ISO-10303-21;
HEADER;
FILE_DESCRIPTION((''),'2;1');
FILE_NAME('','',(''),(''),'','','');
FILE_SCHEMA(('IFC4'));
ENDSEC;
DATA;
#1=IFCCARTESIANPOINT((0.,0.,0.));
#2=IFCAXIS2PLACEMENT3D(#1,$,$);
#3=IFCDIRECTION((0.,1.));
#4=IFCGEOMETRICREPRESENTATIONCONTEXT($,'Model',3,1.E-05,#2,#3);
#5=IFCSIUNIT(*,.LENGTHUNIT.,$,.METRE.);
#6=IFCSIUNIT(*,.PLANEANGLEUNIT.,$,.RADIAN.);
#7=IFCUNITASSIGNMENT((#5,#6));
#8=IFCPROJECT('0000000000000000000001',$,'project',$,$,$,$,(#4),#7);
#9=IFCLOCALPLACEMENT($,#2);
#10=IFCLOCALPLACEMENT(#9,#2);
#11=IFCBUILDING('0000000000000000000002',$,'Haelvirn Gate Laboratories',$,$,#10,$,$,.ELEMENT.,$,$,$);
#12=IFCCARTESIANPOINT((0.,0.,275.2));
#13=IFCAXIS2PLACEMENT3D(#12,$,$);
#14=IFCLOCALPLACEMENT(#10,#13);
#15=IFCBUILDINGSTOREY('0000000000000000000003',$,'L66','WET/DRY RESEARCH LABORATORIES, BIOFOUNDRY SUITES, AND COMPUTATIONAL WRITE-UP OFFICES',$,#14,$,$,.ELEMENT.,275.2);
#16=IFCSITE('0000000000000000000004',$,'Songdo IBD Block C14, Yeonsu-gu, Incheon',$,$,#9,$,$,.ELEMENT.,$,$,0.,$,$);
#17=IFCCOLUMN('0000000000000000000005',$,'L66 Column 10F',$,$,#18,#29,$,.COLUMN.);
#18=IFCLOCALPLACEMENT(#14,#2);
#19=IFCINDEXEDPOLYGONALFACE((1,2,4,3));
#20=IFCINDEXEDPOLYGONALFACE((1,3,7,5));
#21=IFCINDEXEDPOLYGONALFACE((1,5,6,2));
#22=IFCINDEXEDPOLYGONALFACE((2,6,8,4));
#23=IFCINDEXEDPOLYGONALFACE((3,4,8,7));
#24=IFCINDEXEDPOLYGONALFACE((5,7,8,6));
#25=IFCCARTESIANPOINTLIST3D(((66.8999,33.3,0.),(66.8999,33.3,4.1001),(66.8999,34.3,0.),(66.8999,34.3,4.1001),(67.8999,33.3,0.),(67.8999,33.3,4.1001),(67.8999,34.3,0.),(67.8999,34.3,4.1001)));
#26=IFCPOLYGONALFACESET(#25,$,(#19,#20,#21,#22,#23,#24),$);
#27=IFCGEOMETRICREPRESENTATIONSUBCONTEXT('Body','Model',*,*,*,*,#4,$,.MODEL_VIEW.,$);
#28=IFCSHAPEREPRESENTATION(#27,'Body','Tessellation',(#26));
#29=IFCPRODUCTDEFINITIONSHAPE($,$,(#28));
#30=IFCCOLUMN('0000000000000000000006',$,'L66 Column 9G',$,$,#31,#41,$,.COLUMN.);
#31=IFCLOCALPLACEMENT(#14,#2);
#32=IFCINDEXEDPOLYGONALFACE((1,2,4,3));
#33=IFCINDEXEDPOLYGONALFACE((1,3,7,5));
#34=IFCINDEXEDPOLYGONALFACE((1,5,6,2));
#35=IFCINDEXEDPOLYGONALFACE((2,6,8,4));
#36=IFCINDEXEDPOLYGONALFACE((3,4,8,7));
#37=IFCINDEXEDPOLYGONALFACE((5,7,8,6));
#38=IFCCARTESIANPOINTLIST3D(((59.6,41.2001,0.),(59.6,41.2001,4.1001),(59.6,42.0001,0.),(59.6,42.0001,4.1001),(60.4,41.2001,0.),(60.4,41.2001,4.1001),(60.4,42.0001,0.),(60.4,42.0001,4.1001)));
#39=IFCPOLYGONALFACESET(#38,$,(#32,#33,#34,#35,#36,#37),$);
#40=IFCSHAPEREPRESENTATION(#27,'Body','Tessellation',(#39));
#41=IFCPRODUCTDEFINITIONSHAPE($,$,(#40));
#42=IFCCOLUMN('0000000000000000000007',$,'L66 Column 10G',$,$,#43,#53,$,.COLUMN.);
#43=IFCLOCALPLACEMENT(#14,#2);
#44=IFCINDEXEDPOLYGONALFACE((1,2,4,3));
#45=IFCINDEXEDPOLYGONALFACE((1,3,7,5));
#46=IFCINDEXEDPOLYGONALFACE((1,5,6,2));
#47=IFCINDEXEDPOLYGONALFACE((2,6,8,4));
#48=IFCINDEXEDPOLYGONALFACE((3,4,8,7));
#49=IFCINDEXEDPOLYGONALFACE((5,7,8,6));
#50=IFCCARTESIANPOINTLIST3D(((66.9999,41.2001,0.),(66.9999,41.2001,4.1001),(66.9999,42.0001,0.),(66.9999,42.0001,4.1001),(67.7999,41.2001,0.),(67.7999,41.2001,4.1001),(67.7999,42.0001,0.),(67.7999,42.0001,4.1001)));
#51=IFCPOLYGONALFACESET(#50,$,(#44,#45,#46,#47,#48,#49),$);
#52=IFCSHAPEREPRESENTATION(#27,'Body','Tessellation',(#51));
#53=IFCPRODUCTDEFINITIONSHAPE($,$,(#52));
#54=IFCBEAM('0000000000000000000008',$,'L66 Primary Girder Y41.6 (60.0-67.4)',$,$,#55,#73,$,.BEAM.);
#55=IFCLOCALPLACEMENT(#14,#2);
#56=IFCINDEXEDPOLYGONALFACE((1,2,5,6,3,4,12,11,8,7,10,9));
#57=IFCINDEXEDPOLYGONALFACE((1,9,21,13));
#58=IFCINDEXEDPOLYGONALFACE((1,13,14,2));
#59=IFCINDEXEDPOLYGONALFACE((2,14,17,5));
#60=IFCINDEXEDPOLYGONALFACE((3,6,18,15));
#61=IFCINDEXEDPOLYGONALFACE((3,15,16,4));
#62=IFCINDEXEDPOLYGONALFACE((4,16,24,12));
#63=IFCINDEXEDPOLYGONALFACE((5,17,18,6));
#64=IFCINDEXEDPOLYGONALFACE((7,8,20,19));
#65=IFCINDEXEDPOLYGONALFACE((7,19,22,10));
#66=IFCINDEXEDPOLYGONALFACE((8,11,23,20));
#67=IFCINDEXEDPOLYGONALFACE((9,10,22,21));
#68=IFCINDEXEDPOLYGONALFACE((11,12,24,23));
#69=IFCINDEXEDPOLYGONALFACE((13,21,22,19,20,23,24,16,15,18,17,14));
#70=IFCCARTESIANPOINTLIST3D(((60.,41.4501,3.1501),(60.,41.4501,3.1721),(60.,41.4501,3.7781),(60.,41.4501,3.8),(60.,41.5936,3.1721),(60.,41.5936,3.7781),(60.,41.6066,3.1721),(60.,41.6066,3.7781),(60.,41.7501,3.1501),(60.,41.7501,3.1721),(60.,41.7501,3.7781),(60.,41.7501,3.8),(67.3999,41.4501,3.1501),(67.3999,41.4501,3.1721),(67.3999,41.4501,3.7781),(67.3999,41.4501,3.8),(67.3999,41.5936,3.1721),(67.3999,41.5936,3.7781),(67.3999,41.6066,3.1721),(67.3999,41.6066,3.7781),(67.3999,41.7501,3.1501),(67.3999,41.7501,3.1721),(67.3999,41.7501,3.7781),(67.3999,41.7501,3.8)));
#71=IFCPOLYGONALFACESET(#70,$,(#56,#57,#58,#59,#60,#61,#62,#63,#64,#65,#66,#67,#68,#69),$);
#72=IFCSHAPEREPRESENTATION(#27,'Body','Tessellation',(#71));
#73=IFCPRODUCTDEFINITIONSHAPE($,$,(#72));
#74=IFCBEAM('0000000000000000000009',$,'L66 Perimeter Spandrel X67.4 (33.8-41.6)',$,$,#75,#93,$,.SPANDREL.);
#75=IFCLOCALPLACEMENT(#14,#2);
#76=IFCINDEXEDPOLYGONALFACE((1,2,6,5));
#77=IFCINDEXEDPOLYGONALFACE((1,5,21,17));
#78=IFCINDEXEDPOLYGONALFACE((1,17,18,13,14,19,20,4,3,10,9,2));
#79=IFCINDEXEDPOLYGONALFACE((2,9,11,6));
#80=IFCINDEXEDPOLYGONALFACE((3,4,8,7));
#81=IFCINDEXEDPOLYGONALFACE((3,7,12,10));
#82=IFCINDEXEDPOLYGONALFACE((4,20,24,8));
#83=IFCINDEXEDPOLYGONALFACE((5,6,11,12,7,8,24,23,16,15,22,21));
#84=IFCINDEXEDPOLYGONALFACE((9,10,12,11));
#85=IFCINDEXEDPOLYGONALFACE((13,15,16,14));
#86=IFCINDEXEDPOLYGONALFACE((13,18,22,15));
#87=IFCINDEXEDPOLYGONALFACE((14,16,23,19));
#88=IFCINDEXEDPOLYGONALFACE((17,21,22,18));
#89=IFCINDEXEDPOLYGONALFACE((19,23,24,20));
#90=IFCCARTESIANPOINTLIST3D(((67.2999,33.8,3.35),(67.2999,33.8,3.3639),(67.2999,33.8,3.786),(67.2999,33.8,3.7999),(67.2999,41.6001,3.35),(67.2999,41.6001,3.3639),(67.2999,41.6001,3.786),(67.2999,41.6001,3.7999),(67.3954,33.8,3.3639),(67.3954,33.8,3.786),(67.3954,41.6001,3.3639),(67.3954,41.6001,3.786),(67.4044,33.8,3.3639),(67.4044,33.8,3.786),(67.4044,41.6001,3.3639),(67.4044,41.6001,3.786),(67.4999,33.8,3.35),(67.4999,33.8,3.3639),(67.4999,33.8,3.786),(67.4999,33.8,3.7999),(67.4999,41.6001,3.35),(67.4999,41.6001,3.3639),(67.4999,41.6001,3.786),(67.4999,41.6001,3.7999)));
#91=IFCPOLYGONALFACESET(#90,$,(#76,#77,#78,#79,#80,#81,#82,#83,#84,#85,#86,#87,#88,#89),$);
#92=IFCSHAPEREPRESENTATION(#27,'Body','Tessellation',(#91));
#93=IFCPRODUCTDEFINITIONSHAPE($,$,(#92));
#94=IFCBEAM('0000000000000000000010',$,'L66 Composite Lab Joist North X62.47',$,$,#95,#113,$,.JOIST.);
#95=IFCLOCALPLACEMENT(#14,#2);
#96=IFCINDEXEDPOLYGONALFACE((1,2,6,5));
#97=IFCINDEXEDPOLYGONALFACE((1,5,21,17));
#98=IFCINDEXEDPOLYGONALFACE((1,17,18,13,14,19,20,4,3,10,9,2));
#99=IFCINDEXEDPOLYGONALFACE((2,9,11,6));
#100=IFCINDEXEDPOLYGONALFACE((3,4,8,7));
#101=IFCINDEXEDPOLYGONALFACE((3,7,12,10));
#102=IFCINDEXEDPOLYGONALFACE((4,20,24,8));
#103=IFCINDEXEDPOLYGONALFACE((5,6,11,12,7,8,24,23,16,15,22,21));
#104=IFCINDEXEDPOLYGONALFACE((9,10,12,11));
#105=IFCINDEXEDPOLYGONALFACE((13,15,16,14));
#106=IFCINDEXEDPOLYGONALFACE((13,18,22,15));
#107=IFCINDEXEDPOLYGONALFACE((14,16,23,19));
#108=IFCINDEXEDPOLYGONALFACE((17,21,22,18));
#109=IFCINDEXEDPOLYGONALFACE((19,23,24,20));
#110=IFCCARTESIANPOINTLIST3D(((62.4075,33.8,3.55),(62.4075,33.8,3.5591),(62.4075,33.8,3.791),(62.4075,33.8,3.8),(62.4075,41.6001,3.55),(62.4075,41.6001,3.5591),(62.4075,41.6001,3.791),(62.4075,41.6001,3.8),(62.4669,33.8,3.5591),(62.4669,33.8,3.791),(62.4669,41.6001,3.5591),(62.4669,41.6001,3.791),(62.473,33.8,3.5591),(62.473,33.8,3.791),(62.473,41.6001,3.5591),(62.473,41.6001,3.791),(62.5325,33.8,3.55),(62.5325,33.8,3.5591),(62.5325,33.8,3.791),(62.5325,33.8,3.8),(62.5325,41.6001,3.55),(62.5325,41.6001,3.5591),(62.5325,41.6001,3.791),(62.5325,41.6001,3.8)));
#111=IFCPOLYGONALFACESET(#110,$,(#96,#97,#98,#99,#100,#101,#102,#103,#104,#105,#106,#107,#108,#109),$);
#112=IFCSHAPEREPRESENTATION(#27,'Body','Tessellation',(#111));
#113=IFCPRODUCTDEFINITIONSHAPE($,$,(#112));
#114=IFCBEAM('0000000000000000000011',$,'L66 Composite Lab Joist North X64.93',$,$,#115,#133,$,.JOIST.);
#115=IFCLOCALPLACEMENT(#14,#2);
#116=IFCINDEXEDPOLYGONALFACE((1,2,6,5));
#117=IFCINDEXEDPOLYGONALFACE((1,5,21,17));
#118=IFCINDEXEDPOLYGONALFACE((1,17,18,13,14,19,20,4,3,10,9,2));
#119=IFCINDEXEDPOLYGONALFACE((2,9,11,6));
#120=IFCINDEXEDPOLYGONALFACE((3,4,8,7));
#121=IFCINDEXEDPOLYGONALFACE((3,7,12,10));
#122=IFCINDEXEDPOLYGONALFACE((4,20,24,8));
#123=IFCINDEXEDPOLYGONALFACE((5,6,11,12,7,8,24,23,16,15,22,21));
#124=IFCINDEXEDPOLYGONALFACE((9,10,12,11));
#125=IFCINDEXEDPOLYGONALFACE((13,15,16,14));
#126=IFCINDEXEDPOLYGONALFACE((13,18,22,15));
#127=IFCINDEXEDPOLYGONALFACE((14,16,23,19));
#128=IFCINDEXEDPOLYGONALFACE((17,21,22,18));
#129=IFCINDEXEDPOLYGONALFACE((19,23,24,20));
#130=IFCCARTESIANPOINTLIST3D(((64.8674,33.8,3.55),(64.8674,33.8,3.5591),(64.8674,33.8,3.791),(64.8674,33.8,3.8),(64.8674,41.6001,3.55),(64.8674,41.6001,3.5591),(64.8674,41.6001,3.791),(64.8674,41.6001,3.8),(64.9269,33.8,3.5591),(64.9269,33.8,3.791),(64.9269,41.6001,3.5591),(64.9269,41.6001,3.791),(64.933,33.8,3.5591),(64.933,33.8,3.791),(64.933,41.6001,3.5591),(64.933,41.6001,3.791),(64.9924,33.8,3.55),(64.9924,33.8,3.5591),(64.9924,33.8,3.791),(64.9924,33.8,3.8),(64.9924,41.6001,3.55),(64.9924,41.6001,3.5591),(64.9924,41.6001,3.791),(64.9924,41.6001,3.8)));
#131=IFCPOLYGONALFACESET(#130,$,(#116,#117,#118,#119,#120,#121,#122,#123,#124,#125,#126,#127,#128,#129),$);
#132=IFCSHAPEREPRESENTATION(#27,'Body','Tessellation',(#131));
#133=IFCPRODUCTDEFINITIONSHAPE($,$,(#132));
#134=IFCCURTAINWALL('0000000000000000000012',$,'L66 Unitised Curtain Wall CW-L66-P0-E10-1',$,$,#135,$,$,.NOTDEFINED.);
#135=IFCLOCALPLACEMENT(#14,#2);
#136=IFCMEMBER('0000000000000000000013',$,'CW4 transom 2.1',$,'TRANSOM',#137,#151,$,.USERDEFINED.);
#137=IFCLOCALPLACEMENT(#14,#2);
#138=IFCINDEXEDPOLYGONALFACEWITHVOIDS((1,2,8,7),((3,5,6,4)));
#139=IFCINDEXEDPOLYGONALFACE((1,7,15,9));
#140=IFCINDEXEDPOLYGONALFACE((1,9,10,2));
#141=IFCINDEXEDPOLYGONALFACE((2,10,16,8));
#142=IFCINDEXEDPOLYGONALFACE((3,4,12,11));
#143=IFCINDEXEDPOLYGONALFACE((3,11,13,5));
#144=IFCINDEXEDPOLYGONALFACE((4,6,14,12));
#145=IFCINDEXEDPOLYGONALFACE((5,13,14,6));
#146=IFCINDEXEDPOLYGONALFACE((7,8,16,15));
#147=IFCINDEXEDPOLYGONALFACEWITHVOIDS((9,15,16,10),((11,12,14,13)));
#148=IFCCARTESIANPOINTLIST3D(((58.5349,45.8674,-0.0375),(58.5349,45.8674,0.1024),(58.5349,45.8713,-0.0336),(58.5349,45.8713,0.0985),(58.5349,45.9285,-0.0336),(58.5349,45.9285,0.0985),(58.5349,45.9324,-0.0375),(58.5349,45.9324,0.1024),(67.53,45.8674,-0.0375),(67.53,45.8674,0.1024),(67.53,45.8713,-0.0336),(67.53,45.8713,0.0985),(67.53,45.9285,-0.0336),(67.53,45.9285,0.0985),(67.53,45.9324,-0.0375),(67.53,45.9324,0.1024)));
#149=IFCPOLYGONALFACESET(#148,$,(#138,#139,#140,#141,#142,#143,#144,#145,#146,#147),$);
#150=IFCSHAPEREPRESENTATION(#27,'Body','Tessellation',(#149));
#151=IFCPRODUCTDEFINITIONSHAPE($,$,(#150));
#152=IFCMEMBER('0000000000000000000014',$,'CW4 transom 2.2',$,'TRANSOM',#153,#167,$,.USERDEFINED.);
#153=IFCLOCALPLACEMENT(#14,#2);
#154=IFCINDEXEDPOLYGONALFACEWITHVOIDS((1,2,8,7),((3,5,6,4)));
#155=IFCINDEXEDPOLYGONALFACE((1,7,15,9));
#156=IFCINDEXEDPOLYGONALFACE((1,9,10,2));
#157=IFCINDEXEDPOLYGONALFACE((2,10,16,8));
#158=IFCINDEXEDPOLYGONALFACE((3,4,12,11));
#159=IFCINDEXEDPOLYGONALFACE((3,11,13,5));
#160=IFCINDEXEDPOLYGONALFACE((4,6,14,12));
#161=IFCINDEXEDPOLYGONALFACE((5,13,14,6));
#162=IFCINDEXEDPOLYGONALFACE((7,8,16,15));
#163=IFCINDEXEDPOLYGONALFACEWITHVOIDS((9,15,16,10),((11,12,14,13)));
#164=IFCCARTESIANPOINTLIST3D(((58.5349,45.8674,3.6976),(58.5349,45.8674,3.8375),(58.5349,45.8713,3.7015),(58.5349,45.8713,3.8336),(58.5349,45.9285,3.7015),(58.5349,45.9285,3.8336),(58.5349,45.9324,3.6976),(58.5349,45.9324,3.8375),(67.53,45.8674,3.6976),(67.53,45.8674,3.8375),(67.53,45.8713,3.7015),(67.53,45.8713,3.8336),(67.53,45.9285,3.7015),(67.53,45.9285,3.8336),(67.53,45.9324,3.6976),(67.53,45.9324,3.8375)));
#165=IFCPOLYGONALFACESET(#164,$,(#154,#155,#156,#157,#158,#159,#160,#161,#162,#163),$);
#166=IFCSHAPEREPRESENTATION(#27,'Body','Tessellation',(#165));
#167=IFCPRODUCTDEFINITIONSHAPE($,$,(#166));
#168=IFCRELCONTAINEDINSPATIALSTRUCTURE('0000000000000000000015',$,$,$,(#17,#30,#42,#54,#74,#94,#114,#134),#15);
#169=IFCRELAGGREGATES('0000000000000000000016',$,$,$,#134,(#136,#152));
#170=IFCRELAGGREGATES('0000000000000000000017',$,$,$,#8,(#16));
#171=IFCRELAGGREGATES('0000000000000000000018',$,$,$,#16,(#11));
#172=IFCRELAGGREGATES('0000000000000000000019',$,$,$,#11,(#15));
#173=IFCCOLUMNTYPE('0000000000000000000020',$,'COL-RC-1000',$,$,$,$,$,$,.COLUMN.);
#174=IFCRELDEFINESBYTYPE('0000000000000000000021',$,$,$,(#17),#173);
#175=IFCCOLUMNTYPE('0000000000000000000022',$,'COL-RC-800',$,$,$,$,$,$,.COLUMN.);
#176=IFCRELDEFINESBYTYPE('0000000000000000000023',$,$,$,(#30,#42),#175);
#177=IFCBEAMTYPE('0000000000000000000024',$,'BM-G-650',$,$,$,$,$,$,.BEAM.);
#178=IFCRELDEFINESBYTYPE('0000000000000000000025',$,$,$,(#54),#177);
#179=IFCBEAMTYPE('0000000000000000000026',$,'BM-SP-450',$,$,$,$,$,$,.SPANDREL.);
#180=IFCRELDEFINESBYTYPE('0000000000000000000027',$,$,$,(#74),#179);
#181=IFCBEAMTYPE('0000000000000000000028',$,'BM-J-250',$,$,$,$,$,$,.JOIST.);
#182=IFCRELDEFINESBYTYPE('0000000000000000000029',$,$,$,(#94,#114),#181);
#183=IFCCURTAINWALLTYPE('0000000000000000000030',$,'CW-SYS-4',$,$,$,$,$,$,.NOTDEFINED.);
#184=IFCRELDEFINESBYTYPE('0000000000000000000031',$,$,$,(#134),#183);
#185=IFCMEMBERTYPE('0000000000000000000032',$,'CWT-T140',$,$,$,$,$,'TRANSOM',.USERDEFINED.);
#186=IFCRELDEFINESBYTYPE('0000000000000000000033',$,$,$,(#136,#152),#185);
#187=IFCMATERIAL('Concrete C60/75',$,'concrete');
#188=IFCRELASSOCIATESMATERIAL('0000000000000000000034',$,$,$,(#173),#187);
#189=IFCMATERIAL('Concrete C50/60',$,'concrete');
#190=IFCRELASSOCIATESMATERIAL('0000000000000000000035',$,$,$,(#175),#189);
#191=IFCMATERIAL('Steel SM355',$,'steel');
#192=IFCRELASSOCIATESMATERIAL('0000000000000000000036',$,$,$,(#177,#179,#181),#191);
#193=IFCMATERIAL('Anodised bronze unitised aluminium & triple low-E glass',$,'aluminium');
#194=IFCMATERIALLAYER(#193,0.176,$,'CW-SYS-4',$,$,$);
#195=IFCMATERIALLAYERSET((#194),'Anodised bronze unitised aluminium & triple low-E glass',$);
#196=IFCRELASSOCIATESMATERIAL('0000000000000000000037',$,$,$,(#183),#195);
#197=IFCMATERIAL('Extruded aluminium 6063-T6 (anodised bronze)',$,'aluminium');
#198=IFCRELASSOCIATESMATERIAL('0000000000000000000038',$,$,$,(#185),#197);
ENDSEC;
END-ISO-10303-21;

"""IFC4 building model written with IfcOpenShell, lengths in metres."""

from ifc_helpers import new_model, si_unit, direction, frame, origin, origin_2d, place, context, subcontext, project, spatial, rectangle, hollow_rectangle, i_section, extrude, source, transform, mapped, material, layer, layer_set, material_profile, profile_set, type_object, type_shapes, element, aggregate, save


model = new_model("IFC4")

# Units and contexts
model_context = context("Model", 3, precision=1e-05, world=origin(), true_north=direction((0.0, 1.0)))
body_context = subcontext(model_context, "Body", "Model", "MODEL_VIEW")
ifc_project = project(units=[si_unit("LENGTHUNIT", "METRE"), si_unit("PLANEANGLEUNIT", "RADIAN")], contexts=[model_context])

# Site, building, storey
site_placement = place(None, origin())
site = spatial("IfcSite", under=ifc_project, at=site_placement, Name="Songdo IBD Block C14, Yeonsu-gu, Incheon", CompositionType="ELEMENT", RefElevation=0.0)
building_placement = place(site_placement, origin())
building = spatial("IfcBuilding", under=site, at=building_placement, Name="Haelvirn Gate Laboratories", CompositionType="ELEMENT")
storey_placement = place(building_placement, frame((0.0, 0.0, 275.2)))
storey = spatial("IfcBuildingStorey", under=building, at=storey_placement, Name="L66", Description="WET/DRY RESEARCH LABORATORIES, BIOFOUNDRY SUITES, AND COMPUTATIONAL WRITE-UP OFFICES", CompositionType="ELEMENT", Elevation=275.2)

# Columns
ifc_material_1 = material(Name="Concrete C60/75", Category="concrete")
ifc_material_profile_1 = material_profile(ifc_material_1, rectangle(XDim=1.0, YDim=1.0, at=origin_2d()), Name="RC-1000x1000")
ifc_profile_set_1 = profile_set([ifc_material_profile_1], Name="Concrete C60/75")
column_type_1 = type_object("IfcColumnType", Name="COL-RC-1000", PredefinedType="COLUMN", material=ifc_profile_set_1)
shared_shape_1 = source(origin(), body_context, "Body", "SweptSolid", [
    extrude(rectangle(XDim=1.0, YDim=1.0, at=origin_2d()), origin(), (0.0, 0.0, 1.0), 4.1001),
])
type_shapes(column_type_1, [shared_shape_1])
column_placement = place(storey_placement, frame((67.3999, 33.8, 0.0), z_axis=(0.0, 0.0, 1.0), x_axis=(1.0, 0.0, 0.0)))
element("IfcColumn", 1, at=column_placement, inside=storey, type_object=column_type_1, Name="L66 Column 10F", PredefinedType="COLUMN", context=body_context, shape_type="MappedRepresentation", body=[
    mapped(shared_shape_1, transform((0.0, 0.0, 0.0), scale=1.0)),
])
ifc_material_2 = material(Name="Concrete C50/60", Category="concrete")
ifc_material_profile_2 = material_profile(ifc_material_2, rectangle(XDim=0.8, YDim=0.8, at=origin_2d()), Name="RC-800x800")
ifc_profile_set_2 = profile_set([ifc_material_profile_2], Name="Concrete C50/60")
column_type_2 = type_object("IfcColumnType", Name="COL-RC-800", PredefinedType="COLUMN", material=ifc_profile_set_2)
shared_shape_2 = source(origin(), body_context, "Body", "SweptSolid", [
    extrude(rectangle(XDim=0.8, YDim=0.8, at=origin_2d()), origin(), (0.0, 0.0, 1.0), 4.1001),
])
type_shapes(column_type_2, [shared_shape_2])
for number, where, z_axis, x_axis, name in (
    (2, (60.0, 41.6001, 0.0), (0.0, 0.0, 1.0), (1.0, 0.0, 0.0), "L66 Column 9G"),
    (3, (67.3999, 41.6001, 0.0), (0.0, 0.0, 1.0), (1.0, 0.0, 0.0), "L66 Column 10G"),
):
    element("IfcColumn", number, at=place(storey_placement, frame(where, z_axis=z_axis, x_axis=x_axis)), inside=storey, type_object=column_type_2, Name=name, PredefinedType="COLUMN", context=body_context, shape_type="MappedRepresentation", body=[
        mapped(shared_shape_2, transform((0.0, 0.0, 0.0), scale=1.0)),
    ])

# Beams
ifc_material_3 = material(Name="Steel SM355", Category="steel")
ifc_material_profile_3 = material_profile(ifc_material_3, i_section(OverallWidth=0.3, OverallDepth=0.6499, WebThickness=0.0129, FlangeThickness=0.022, at=origin_2d()), Name="H-650x300x13x22")
ifc_profile_set_3 = profile_set([ifc_material_profile_3], Name="Steel SM355")
beam_type_1 = type_object("IfcBeamType", Name="BM-G-650", PredefinedType="BEAM", material=ifc_profile_set_3)
shared_shape_3 = source(origin(), body_context, "Body", "SweptSolid", [
    extrude(i_section(OverallWidth=0.3, OverallDepth=0.6499, WebThickness=0.0129, FlangeThickness=0.022, at=origin_2d()), origin(), (0.0, 0.0, 1.0), 7.3999),
])
type_shapes(beam_type_1, [shared_shape_3])
beam_1_placement = place(storey_placement, frame((60.0, 41.6001, 3.4751), z_axis=(1.0, 0.0, 0.0), x_axis=(0.0, 1.0, 0.0)))
element("IfcBeam", 4, at=beam_1_placement, inside=storey, type_object=beam_type_1, Name="L66 Primary Girder Y41.6 (60.0-67.4)", PredefinedType="BEAM", context=body_context, shape_type="MappedRepresentation", body=[
    mapped(shared_shape_3, transform((0.0, 0.0, 0.0), scale=1.0)),
])
ifc_material_profile_4 = material_profile(ifc_material_3, i_section(OverallWidth=0.2, OverallDepth=0.45, WebThickness=0.009, FlangeThickness=0.0139, at=origin_2d()), Name="H-450x200x9x14")
ifc_profile_set_4 = profile_set([ifc_material_profile_4], Name="Steel SM355")
beam_type_2 = type_object("IfcBeamType", Name="BM-SP-450", PredefinedType="SPANDREL", material=ifc_profile_set_4)
shared_shape_4 = source(origin(), body_context, "Body", "SweptSolid", [
    extrude(i_section(OverallWidth=0.2, OverallDepth=0.45, WebThickness=0.009, FlangeThickness=0.0139, at=origin_2d()), origin(), (0.0, 0.0, 1.0), 7.8),
])
type_shapes(beam_type_2, [shared_shape_4])
beam_2_placement = place(storey_placement, frame((67.3999, 33.8, 3.575), z_axis=(0.0, 1.0, 0.0), x_axis=(-1.0, 0.0, 0.0)))
element("IfcBeam", 5, at=beam_2_placement, inside=storey, type_object=beam_type_2, Name="L66 Perimeter Spandrel X67.4 (33.8-41.6)", PredefinedType="SPANDREL", context=body_context, shape_type="MappedRepresentation", body=[
    mapped(shared_shape_4, transform((0.0, 0.0, 0.0), scale=1.0)),
])
ifc_material_profile_5 = material_profile(ifc_material_3, i_section(OverallWidth=0.125, OverallDepth=0.25, WebThickness=0.0061, FlangeThickness=0.009, at=origin_2d()), Name="H-250x125x6x9")
ifc_profile_set_5 = profile_set([ifc_material_profile_5], Name="Steel SM355")
beam_type_3 = type_object("IfcBeamType", Name="BM-J-250", PredefinedType="JOIST", material=ifc_profile_set_5)
shared_shape_5 = source(origin(), body_context, "Body", "SweptSolid", [
    extrude(i_section(OverallWidth=0.125, OverallDepth=0.25, WebThickness=0.0061, FlangeThickness=0.009, at=origin_2d()), origin(), (0.0, 0.0, 1.0), 7.8),
])
type_shapes(beam_type_3, [shared_shape_5])
for number, where, z_axis, x_axis, name in (
    (6, (62.47, 33.8, 3.675), (0.0, 1.0, 0.0), (-1.0, 0.0, 0.0), "L66 Composite Lab Joist North X62.47"),
    (7, (64.9299, 33.8, 3.675), (0.0, 1.0, 0.0), (-1.0, 0.0, 0.0), "L66 Composite Lab Joist North X64.93"),
):
    element("IfcBeam", number, at=place(storey_placement, frame(where, z_axis=z_axis, x_axis=x_axis)), inside=storey, type_object=beam_type_3, Name=name, PredefinedType="JOIST", context=body_context, shape_type="MappedRepresentation", body=[
        mapped(shared_shape_5, transform((0.0, 0.0, 0.0), scale=1.0)),
    ])

# Curtain wall, members
ifc_material_4 = material(Name="Anodised bronze unitised aluminium & triple low-E glass", Category="aluminium")
ifc_layer_1 = layer(ifc_material_4, 0.176, Name="CW-SYS-4")
ifc_layer_set_1 = layer_set([ifc_layer_1], Name="Anodised bronze unitised aluminium & triple low-E glass")
curtain_wall_type_1 = type_object("IfcCurtainWallType", Name="CW-SYS-4", PredefinedType="NOTDEFINED", material=ifc_layer_set_1)
curtain_wall_1_placement = place(storey_placement, origin())
curtain_wall_1 = element("IfcCurtainWall", 8, at=curtain_wall_1_placement, inside=storey, type_object=curtain_wall_type_1, Name="L66 Unitised Curtain Wall CW-L66-P0-E10-1", PredefinedType="NOTDEFINED")
ifc_material_5 = material(Name="Extruded aluminium 6063-T6 (anodised bronze)", Category="aluminium")
ifc_material_profile_6 = material_profile(ifc_material_5, hollow_rectangle(XDim=0.0649, YDim=0.1399, WallThickness=0.0039, at=origin_2d()), Name="CWT-140x65x4")
ifc_profile_set_6 = profile_set([ifc_material_profile_6], Name="Extruded aluminium 6063-T6 (anodised bronze)")
member_type_1 = type_object("IfcMemberType", Name="CWT-T140", ElementType="TRANSOM", PredefinedType="USERDEFINED", material=ifc_profile_set_6)
shared_shape_6 = source(origin(), body_context, "Body", "SweptSolid", [
    extrude(hollow_rectangle(XDim=0.0649, YDim=0.1399, WallThickness=0.0039, at=origin_2d()), origin(), (0.0, 0.0, 1.0), 8.9951),
])
member_1_placement = place(storey_placement, frame((58.5349, 45.8999, 0.0325), z_axis=(1.0, 0.0, 0.0), x_axis=(0.0, 1.0, 0.0)))
member_1 = element("IfcMember", 9, at=member_1_placement, type_object=member_type_1, Name="CW4 transom 2.1", ObjectType="TRANSOM", PredefinedType="USERDEFINED", context=body_context, shape_type="MappedRepresentation", body=[
    mapped(shared_shape_6, transform((0.0, 0.0, 0.0), scale=1.0)),
])
member_2_placement = place(storey_placement, frame((58.5349, 45.8999, 3.7676), z_axis=(1.0, 0.0, 0.0), x_axis=(0.0, 1.0, 0.0)))
member_2 = element("IfcMember", 10, at=member_2_placement, type_object=member_type_1, Name="CW4 transom 2.2", ObjectType="TRANSOM", PredefinedType="USERDEFINED", context=body_context, shape_type="MappedRepresentation", body=[
    mapped(shared_shape_6, transform((0.0, 0.0, 0.0), scale=1.0)),
])

aggregate(curtain_wall_1, [member_1, member_2])

save(model, "model.ifc")
